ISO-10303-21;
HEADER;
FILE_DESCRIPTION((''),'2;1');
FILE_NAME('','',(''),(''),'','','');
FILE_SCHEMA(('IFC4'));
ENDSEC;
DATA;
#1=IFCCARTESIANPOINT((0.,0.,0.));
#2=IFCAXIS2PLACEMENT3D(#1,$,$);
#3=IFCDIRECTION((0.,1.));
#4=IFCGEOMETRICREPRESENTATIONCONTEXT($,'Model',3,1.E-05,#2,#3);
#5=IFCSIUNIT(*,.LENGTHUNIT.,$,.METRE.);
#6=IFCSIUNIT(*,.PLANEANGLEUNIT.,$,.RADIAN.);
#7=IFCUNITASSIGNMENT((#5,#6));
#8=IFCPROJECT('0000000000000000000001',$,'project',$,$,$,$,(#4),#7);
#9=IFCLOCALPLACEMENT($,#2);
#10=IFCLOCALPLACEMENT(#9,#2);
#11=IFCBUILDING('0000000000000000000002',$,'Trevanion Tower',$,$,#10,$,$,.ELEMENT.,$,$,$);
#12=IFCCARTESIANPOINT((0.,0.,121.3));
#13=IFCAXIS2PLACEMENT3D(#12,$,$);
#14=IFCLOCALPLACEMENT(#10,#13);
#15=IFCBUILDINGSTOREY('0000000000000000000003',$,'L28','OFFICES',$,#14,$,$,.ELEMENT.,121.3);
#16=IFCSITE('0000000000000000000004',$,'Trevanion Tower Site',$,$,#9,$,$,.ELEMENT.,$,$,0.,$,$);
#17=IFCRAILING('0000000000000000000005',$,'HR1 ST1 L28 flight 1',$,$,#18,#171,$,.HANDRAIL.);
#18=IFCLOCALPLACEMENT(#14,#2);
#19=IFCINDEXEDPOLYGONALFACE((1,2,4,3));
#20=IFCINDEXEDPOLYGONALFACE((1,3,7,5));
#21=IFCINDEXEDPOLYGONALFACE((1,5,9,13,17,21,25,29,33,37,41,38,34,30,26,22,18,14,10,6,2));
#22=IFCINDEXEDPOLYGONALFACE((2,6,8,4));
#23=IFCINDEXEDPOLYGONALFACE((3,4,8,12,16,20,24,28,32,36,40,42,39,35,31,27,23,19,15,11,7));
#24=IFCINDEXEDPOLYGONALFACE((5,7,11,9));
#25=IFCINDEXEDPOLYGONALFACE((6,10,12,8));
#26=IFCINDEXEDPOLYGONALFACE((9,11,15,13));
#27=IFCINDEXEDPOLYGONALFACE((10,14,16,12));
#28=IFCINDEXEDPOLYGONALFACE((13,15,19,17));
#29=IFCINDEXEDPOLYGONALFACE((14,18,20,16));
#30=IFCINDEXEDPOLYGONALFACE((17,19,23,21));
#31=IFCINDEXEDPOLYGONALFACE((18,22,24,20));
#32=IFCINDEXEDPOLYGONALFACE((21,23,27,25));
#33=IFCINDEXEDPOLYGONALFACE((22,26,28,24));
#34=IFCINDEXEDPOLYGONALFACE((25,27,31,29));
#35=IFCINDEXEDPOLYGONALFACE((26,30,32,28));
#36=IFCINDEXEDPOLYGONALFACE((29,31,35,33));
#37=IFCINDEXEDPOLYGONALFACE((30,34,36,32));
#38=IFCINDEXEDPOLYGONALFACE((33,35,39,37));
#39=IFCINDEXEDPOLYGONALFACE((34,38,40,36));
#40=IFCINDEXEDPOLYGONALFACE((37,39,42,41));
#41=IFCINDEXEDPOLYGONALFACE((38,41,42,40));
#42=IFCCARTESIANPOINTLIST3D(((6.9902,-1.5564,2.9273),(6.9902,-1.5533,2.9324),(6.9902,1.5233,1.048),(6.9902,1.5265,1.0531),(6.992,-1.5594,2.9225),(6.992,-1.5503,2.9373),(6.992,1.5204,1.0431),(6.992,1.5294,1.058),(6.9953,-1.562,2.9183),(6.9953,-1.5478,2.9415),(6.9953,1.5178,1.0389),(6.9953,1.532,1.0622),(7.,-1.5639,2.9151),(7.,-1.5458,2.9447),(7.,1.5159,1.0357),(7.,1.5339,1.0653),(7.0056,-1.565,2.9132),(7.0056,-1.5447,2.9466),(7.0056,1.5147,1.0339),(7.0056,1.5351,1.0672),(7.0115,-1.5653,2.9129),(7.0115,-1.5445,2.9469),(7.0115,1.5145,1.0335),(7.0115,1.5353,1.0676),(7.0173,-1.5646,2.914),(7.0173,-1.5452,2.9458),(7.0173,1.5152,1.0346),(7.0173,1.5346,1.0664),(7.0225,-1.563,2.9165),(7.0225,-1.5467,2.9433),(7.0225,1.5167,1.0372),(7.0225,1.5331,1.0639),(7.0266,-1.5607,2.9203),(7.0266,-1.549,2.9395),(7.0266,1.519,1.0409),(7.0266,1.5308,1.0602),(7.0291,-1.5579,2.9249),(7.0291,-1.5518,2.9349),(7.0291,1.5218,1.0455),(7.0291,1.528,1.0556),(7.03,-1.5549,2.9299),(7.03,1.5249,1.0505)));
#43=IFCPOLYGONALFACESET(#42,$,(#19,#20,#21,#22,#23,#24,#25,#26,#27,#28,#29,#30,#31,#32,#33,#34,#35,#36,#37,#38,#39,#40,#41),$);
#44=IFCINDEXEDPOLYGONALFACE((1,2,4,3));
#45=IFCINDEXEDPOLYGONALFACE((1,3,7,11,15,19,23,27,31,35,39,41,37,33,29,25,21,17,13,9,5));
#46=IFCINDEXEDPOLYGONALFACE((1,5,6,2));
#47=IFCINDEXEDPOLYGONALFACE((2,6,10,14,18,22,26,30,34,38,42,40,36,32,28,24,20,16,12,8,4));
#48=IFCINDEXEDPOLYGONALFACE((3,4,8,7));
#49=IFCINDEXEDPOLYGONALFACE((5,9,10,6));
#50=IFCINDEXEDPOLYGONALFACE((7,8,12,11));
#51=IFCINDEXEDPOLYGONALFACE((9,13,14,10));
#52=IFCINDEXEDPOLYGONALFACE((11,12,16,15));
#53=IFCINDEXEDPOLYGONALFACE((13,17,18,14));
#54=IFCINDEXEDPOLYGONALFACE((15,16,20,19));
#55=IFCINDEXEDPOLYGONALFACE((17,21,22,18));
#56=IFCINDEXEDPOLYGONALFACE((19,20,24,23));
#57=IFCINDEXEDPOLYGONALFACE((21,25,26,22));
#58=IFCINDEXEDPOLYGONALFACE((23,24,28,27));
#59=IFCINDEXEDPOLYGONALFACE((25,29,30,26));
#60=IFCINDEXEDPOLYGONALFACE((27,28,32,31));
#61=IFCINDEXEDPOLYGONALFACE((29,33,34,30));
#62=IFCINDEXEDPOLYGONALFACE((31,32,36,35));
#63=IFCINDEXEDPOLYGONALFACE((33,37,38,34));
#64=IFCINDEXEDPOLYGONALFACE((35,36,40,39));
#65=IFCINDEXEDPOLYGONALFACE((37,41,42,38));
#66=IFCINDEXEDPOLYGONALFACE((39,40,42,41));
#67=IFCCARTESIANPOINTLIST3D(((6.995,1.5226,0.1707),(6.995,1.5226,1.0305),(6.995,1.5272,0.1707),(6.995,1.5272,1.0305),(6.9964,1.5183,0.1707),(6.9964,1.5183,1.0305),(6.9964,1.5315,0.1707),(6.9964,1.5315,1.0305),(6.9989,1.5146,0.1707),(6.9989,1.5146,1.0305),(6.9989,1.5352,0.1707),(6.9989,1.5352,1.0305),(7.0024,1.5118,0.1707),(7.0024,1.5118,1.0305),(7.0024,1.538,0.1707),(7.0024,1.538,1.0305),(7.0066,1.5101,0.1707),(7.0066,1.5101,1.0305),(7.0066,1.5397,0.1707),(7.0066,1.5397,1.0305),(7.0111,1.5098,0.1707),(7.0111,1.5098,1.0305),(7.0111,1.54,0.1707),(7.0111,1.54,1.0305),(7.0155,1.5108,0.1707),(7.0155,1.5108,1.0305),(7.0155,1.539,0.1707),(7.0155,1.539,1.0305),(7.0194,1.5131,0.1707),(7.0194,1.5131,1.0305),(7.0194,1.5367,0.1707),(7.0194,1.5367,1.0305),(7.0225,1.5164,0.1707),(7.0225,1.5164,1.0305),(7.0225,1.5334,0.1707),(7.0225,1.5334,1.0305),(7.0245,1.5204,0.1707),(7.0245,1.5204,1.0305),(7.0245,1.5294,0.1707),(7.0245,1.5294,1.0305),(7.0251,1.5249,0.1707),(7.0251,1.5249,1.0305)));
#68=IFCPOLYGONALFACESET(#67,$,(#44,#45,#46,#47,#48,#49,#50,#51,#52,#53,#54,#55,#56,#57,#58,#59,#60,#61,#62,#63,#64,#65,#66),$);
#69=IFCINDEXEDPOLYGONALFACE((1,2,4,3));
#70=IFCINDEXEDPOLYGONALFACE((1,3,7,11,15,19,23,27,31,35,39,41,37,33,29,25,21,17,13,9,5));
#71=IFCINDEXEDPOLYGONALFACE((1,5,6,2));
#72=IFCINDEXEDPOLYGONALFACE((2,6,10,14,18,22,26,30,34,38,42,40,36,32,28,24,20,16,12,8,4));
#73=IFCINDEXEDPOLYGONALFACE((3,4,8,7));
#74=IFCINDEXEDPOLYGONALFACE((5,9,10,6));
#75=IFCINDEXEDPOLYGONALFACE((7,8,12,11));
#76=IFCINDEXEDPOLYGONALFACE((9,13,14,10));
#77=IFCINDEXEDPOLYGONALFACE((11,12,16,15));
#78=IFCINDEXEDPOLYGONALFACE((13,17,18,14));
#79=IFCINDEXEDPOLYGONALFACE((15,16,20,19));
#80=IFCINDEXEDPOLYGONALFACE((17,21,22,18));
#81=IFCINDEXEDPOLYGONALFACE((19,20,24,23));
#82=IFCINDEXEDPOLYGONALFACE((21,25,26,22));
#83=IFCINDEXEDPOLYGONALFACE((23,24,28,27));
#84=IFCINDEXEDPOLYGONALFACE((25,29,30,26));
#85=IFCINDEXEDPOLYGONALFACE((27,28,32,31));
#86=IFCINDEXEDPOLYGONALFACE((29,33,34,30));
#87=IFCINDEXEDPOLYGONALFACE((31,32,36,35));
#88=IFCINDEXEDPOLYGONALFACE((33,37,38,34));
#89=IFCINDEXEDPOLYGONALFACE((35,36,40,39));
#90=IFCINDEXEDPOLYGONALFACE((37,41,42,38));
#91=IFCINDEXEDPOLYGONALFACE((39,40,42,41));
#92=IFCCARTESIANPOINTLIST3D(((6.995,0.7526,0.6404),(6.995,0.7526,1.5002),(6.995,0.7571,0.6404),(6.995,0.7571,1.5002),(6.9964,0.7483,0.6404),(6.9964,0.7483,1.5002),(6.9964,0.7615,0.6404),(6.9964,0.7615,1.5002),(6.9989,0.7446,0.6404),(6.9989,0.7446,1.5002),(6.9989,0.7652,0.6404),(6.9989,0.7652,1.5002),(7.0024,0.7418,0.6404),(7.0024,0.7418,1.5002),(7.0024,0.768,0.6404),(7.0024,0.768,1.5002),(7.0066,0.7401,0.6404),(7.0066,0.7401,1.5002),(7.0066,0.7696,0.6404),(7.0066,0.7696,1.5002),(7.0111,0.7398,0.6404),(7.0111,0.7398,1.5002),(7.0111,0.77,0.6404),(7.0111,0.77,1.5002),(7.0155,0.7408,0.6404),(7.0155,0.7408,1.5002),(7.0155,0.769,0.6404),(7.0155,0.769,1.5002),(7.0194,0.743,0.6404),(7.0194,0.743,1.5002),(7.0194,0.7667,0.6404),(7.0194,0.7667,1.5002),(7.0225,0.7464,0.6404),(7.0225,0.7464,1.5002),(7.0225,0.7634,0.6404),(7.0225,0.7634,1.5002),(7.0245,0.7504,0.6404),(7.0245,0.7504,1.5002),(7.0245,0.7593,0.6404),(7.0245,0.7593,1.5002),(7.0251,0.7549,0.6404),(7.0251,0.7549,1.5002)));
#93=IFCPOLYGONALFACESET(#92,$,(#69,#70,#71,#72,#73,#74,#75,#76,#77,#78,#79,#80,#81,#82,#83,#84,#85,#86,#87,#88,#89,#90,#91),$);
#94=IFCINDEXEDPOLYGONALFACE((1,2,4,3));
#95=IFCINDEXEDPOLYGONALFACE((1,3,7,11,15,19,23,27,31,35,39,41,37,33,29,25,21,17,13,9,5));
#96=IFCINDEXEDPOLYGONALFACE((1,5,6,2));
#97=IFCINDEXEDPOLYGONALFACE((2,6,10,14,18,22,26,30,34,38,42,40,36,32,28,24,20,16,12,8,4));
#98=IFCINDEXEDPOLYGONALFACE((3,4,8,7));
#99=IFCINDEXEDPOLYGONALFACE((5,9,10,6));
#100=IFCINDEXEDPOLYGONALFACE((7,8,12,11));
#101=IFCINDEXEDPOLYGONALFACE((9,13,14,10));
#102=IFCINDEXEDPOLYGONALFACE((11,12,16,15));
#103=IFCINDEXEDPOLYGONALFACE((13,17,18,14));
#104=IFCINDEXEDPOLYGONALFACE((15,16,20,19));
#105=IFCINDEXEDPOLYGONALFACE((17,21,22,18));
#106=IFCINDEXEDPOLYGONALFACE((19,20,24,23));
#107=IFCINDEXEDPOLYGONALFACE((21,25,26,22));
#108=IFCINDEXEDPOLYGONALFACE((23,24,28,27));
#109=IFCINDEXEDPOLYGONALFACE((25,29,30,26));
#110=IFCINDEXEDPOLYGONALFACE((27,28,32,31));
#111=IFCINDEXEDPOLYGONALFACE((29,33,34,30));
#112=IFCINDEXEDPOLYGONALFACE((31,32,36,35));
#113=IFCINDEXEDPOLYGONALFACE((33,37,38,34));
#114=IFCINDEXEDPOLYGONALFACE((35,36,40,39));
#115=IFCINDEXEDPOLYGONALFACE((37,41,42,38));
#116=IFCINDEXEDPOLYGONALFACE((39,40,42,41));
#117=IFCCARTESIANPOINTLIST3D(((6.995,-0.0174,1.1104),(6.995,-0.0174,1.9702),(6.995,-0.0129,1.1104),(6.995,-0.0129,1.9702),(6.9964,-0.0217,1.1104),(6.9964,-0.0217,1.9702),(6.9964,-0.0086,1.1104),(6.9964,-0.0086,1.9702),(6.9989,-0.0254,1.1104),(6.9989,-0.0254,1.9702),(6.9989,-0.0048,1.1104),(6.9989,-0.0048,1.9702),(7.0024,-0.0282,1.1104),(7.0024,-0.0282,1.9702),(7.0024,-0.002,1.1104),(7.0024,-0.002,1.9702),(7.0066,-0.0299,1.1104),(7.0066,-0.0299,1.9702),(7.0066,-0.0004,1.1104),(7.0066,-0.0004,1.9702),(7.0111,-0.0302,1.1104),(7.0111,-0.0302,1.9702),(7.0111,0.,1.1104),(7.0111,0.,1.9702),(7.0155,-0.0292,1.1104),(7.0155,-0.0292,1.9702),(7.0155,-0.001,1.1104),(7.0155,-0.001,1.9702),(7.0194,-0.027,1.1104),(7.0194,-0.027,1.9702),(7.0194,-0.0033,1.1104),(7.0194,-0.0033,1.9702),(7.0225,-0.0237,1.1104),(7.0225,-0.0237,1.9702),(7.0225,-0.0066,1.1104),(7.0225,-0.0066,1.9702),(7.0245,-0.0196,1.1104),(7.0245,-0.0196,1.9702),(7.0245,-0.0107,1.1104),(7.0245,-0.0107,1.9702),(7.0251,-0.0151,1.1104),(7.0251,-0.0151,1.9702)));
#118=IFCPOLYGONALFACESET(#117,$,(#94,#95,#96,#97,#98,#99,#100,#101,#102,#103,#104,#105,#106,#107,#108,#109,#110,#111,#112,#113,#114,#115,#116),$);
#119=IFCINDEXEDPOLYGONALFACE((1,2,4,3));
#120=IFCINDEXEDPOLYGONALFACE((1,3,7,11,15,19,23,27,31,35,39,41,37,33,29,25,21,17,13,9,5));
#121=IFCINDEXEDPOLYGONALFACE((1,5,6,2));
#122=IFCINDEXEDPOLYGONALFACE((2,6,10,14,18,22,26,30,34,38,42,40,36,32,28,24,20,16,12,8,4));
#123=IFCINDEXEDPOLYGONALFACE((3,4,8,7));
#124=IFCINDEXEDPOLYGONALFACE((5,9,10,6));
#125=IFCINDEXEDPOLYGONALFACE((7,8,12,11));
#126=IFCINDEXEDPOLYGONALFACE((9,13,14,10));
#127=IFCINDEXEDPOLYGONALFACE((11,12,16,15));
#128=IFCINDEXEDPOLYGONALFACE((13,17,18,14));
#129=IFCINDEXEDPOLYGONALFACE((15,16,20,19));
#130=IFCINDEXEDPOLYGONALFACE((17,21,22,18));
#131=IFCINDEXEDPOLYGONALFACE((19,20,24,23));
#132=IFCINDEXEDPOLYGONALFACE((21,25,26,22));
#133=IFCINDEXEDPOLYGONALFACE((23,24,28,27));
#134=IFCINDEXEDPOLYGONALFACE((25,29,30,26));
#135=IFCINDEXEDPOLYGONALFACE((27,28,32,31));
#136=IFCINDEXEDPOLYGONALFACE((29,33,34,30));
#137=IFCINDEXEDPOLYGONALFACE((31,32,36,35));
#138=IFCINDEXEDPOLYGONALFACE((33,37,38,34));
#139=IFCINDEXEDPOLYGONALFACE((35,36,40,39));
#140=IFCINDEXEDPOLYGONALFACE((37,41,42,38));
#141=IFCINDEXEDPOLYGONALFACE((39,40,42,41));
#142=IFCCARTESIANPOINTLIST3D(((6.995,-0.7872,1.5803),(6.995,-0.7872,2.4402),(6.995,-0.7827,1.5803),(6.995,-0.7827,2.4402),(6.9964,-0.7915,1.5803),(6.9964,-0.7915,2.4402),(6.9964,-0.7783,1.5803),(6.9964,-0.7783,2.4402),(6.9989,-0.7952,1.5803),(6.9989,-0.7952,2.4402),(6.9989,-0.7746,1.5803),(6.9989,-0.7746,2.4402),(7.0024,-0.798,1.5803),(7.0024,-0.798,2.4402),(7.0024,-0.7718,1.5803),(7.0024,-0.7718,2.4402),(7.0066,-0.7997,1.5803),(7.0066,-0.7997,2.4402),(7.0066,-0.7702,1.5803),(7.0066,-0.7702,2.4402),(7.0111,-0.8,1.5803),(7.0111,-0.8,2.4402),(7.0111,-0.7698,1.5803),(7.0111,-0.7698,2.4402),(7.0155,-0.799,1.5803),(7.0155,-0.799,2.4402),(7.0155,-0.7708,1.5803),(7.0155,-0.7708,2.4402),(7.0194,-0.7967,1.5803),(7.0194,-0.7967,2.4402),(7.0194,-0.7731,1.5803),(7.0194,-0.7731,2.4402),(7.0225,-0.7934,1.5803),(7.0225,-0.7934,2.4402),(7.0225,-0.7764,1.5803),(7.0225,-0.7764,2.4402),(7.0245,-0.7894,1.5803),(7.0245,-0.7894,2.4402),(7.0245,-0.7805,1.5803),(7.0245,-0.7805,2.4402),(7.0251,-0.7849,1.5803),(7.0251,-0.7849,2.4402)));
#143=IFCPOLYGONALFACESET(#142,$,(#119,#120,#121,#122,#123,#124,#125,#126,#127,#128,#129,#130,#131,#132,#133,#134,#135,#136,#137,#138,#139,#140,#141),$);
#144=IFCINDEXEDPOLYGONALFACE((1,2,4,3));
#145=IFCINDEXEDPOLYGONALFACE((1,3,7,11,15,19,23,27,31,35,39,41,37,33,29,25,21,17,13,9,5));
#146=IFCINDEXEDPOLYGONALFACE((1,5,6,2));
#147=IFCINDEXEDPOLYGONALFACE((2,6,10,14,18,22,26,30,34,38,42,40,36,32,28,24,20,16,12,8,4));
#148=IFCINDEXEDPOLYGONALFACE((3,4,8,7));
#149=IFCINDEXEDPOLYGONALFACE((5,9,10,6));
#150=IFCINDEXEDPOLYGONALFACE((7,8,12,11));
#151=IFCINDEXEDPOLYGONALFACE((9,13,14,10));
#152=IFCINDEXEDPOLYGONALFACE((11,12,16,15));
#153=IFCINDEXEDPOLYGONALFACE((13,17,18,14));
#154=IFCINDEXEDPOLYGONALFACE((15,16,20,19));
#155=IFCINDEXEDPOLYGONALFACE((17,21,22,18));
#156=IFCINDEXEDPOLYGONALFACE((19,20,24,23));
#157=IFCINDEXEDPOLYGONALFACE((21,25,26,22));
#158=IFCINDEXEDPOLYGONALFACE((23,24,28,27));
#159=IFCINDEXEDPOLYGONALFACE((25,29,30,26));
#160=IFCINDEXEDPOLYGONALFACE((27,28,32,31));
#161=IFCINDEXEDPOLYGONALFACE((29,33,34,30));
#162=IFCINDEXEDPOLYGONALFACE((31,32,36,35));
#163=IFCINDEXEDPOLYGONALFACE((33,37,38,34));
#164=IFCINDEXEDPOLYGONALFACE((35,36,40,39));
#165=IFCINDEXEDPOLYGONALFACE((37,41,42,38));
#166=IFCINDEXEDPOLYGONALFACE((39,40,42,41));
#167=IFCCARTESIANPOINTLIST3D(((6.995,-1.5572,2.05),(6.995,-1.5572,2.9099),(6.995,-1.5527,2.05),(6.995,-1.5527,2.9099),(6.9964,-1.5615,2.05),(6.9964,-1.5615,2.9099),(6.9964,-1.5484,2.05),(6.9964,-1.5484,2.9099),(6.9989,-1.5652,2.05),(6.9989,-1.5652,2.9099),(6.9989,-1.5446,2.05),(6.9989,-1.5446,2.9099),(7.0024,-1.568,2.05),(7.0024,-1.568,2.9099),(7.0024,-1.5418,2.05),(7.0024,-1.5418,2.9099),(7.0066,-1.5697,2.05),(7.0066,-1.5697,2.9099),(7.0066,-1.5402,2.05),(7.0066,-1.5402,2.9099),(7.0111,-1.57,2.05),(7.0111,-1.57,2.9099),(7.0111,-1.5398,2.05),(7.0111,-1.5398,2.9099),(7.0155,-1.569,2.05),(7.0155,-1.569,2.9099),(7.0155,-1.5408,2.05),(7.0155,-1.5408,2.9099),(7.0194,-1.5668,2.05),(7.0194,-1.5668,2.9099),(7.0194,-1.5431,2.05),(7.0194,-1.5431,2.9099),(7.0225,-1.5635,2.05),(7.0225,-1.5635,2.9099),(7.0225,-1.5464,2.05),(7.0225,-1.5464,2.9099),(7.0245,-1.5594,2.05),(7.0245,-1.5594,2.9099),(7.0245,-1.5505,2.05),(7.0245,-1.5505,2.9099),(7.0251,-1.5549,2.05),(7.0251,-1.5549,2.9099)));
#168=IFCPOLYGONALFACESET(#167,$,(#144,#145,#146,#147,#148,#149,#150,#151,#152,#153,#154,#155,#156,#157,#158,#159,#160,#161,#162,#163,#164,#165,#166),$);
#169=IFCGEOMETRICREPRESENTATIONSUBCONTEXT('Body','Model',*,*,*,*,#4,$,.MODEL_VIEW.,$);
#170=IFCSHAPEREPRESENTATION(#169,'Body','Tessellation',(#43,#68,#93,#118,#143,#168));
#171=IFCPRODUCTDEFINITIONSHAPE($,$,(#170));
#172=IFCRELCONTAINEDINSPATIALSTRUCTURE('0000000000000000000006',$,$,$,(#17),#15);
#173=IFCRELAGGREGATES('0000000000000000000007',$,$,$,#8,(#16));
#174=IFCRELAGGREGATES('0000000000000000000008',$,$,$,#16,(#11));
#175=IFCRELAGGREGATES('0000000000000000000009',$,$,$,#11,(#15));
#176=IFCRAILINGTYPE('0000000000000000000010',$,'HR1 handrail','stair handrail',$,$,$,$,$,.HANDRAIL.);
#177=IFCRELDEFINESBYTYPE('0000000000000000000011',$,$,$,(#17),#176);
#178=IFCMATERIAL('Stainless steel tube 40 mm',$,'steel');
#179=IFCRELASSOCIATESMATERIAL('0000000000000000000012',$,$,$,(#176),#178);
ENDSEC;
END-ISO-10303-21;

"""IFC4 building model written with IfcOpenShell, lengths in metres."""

from ifc_helpers import new_model, si_unit, direction, frame, origin, origin_2d, place, context, subcontext, project, spatial, circle, extrude, material, type_object, element, save


model = new_model("IFC4")

# Units and contexts
model_context = context("Model", 3, precision=1e-05, world=origin(), true_north=direction((0.0, 1.0)))
body_context = subcontext(model_context, "Body", "Model", "MODEL_VIEW")
ifc_project = project(units=[si_unit("LENGTHUNIT", "METRE"), si_unit("PLANEANGLEUNIT", "RADIAN")], contexts=[model_context])

# Site, building, storey
site_placement = place(None, origin())
site = spatial("IfcSite", under=ifc_project, at=site_placement, Name="Trevanion Tower Site", CompositionType="ELEMENT", RefElevation=0.0)
building_placement = place(site_placement, origin())
building = spatial("IfcBuilding", under=site, at=building_placement, Name="Trevanion Tower", CompositionType="ELEMENT")
storey_placement = place(building_placement, frame((0.0, 0.0, 121.3)))
storey = spatial("IfcBuildingStorey", under=building, at=storey_placement, Name="L28", Description="OFFICES", CompositionType="ELEMENT", Elevation=121.3)

# Railing
ifc_material_1 = material(Name="Stainless steel tube 40 mm", Category="steel")
railing_type = type_object("IfcRailingType", Name="HR1 handrail", Description="stair handrail", PredefinedType="HANDRAIL", material=ifc_material_1)
for number, where, name in (
    (1, (7.01, 1.5249, 0.1707), "HR1 ST1 L28 flight 1"),
):
    element("IfcRailing", number, at=place(storey_placement, frame(where)), inside=storey, type_object=railing_type, Name=name, PredefinedType="HANDRAIL", context=body_context, shape_type="SweptSolid", body=[
        extrude(circle(Radius=0.02, at=origin_2d()), frame((0.0, 0.0, 0.8799), z_axis=(0.0, -0.853618, 0.5209), x_axis=(1.0, 0.0, 0.0)), (0.0, 0.0, 1.0), 3.6079),
        extrude(circle(Radius=0.0151, at=origin_2d()), origin(), (0.0, 0.0, 1.0), 0.8599),
        extrude(circle(Radius=0.0151, at=origin_2d()), frame((0.0, -0.77, 0.4697)), (0.0, 0.0, 1.0), 0.8599),
        extrude(circle(Radius=0.0151, at=origin_2d()), frame((0.0, -1.54, 0.9397)), (0.0, 0.0, 1.0), 0.8599),
        extrude(circle(Radius=0.0151, at=origin_2d()), frame((0.0, -2.3098, 1.4097)), (0.0, 0.0, 1.0), 0.8599),
        extrude(circle(Radius=0.0151, at=origin_2d()), frame((0.0, -3.0798, 1.8794)), (0.0, 0.0, 1.0), 0.8599),
    ])

save(model, "model.ifc")
